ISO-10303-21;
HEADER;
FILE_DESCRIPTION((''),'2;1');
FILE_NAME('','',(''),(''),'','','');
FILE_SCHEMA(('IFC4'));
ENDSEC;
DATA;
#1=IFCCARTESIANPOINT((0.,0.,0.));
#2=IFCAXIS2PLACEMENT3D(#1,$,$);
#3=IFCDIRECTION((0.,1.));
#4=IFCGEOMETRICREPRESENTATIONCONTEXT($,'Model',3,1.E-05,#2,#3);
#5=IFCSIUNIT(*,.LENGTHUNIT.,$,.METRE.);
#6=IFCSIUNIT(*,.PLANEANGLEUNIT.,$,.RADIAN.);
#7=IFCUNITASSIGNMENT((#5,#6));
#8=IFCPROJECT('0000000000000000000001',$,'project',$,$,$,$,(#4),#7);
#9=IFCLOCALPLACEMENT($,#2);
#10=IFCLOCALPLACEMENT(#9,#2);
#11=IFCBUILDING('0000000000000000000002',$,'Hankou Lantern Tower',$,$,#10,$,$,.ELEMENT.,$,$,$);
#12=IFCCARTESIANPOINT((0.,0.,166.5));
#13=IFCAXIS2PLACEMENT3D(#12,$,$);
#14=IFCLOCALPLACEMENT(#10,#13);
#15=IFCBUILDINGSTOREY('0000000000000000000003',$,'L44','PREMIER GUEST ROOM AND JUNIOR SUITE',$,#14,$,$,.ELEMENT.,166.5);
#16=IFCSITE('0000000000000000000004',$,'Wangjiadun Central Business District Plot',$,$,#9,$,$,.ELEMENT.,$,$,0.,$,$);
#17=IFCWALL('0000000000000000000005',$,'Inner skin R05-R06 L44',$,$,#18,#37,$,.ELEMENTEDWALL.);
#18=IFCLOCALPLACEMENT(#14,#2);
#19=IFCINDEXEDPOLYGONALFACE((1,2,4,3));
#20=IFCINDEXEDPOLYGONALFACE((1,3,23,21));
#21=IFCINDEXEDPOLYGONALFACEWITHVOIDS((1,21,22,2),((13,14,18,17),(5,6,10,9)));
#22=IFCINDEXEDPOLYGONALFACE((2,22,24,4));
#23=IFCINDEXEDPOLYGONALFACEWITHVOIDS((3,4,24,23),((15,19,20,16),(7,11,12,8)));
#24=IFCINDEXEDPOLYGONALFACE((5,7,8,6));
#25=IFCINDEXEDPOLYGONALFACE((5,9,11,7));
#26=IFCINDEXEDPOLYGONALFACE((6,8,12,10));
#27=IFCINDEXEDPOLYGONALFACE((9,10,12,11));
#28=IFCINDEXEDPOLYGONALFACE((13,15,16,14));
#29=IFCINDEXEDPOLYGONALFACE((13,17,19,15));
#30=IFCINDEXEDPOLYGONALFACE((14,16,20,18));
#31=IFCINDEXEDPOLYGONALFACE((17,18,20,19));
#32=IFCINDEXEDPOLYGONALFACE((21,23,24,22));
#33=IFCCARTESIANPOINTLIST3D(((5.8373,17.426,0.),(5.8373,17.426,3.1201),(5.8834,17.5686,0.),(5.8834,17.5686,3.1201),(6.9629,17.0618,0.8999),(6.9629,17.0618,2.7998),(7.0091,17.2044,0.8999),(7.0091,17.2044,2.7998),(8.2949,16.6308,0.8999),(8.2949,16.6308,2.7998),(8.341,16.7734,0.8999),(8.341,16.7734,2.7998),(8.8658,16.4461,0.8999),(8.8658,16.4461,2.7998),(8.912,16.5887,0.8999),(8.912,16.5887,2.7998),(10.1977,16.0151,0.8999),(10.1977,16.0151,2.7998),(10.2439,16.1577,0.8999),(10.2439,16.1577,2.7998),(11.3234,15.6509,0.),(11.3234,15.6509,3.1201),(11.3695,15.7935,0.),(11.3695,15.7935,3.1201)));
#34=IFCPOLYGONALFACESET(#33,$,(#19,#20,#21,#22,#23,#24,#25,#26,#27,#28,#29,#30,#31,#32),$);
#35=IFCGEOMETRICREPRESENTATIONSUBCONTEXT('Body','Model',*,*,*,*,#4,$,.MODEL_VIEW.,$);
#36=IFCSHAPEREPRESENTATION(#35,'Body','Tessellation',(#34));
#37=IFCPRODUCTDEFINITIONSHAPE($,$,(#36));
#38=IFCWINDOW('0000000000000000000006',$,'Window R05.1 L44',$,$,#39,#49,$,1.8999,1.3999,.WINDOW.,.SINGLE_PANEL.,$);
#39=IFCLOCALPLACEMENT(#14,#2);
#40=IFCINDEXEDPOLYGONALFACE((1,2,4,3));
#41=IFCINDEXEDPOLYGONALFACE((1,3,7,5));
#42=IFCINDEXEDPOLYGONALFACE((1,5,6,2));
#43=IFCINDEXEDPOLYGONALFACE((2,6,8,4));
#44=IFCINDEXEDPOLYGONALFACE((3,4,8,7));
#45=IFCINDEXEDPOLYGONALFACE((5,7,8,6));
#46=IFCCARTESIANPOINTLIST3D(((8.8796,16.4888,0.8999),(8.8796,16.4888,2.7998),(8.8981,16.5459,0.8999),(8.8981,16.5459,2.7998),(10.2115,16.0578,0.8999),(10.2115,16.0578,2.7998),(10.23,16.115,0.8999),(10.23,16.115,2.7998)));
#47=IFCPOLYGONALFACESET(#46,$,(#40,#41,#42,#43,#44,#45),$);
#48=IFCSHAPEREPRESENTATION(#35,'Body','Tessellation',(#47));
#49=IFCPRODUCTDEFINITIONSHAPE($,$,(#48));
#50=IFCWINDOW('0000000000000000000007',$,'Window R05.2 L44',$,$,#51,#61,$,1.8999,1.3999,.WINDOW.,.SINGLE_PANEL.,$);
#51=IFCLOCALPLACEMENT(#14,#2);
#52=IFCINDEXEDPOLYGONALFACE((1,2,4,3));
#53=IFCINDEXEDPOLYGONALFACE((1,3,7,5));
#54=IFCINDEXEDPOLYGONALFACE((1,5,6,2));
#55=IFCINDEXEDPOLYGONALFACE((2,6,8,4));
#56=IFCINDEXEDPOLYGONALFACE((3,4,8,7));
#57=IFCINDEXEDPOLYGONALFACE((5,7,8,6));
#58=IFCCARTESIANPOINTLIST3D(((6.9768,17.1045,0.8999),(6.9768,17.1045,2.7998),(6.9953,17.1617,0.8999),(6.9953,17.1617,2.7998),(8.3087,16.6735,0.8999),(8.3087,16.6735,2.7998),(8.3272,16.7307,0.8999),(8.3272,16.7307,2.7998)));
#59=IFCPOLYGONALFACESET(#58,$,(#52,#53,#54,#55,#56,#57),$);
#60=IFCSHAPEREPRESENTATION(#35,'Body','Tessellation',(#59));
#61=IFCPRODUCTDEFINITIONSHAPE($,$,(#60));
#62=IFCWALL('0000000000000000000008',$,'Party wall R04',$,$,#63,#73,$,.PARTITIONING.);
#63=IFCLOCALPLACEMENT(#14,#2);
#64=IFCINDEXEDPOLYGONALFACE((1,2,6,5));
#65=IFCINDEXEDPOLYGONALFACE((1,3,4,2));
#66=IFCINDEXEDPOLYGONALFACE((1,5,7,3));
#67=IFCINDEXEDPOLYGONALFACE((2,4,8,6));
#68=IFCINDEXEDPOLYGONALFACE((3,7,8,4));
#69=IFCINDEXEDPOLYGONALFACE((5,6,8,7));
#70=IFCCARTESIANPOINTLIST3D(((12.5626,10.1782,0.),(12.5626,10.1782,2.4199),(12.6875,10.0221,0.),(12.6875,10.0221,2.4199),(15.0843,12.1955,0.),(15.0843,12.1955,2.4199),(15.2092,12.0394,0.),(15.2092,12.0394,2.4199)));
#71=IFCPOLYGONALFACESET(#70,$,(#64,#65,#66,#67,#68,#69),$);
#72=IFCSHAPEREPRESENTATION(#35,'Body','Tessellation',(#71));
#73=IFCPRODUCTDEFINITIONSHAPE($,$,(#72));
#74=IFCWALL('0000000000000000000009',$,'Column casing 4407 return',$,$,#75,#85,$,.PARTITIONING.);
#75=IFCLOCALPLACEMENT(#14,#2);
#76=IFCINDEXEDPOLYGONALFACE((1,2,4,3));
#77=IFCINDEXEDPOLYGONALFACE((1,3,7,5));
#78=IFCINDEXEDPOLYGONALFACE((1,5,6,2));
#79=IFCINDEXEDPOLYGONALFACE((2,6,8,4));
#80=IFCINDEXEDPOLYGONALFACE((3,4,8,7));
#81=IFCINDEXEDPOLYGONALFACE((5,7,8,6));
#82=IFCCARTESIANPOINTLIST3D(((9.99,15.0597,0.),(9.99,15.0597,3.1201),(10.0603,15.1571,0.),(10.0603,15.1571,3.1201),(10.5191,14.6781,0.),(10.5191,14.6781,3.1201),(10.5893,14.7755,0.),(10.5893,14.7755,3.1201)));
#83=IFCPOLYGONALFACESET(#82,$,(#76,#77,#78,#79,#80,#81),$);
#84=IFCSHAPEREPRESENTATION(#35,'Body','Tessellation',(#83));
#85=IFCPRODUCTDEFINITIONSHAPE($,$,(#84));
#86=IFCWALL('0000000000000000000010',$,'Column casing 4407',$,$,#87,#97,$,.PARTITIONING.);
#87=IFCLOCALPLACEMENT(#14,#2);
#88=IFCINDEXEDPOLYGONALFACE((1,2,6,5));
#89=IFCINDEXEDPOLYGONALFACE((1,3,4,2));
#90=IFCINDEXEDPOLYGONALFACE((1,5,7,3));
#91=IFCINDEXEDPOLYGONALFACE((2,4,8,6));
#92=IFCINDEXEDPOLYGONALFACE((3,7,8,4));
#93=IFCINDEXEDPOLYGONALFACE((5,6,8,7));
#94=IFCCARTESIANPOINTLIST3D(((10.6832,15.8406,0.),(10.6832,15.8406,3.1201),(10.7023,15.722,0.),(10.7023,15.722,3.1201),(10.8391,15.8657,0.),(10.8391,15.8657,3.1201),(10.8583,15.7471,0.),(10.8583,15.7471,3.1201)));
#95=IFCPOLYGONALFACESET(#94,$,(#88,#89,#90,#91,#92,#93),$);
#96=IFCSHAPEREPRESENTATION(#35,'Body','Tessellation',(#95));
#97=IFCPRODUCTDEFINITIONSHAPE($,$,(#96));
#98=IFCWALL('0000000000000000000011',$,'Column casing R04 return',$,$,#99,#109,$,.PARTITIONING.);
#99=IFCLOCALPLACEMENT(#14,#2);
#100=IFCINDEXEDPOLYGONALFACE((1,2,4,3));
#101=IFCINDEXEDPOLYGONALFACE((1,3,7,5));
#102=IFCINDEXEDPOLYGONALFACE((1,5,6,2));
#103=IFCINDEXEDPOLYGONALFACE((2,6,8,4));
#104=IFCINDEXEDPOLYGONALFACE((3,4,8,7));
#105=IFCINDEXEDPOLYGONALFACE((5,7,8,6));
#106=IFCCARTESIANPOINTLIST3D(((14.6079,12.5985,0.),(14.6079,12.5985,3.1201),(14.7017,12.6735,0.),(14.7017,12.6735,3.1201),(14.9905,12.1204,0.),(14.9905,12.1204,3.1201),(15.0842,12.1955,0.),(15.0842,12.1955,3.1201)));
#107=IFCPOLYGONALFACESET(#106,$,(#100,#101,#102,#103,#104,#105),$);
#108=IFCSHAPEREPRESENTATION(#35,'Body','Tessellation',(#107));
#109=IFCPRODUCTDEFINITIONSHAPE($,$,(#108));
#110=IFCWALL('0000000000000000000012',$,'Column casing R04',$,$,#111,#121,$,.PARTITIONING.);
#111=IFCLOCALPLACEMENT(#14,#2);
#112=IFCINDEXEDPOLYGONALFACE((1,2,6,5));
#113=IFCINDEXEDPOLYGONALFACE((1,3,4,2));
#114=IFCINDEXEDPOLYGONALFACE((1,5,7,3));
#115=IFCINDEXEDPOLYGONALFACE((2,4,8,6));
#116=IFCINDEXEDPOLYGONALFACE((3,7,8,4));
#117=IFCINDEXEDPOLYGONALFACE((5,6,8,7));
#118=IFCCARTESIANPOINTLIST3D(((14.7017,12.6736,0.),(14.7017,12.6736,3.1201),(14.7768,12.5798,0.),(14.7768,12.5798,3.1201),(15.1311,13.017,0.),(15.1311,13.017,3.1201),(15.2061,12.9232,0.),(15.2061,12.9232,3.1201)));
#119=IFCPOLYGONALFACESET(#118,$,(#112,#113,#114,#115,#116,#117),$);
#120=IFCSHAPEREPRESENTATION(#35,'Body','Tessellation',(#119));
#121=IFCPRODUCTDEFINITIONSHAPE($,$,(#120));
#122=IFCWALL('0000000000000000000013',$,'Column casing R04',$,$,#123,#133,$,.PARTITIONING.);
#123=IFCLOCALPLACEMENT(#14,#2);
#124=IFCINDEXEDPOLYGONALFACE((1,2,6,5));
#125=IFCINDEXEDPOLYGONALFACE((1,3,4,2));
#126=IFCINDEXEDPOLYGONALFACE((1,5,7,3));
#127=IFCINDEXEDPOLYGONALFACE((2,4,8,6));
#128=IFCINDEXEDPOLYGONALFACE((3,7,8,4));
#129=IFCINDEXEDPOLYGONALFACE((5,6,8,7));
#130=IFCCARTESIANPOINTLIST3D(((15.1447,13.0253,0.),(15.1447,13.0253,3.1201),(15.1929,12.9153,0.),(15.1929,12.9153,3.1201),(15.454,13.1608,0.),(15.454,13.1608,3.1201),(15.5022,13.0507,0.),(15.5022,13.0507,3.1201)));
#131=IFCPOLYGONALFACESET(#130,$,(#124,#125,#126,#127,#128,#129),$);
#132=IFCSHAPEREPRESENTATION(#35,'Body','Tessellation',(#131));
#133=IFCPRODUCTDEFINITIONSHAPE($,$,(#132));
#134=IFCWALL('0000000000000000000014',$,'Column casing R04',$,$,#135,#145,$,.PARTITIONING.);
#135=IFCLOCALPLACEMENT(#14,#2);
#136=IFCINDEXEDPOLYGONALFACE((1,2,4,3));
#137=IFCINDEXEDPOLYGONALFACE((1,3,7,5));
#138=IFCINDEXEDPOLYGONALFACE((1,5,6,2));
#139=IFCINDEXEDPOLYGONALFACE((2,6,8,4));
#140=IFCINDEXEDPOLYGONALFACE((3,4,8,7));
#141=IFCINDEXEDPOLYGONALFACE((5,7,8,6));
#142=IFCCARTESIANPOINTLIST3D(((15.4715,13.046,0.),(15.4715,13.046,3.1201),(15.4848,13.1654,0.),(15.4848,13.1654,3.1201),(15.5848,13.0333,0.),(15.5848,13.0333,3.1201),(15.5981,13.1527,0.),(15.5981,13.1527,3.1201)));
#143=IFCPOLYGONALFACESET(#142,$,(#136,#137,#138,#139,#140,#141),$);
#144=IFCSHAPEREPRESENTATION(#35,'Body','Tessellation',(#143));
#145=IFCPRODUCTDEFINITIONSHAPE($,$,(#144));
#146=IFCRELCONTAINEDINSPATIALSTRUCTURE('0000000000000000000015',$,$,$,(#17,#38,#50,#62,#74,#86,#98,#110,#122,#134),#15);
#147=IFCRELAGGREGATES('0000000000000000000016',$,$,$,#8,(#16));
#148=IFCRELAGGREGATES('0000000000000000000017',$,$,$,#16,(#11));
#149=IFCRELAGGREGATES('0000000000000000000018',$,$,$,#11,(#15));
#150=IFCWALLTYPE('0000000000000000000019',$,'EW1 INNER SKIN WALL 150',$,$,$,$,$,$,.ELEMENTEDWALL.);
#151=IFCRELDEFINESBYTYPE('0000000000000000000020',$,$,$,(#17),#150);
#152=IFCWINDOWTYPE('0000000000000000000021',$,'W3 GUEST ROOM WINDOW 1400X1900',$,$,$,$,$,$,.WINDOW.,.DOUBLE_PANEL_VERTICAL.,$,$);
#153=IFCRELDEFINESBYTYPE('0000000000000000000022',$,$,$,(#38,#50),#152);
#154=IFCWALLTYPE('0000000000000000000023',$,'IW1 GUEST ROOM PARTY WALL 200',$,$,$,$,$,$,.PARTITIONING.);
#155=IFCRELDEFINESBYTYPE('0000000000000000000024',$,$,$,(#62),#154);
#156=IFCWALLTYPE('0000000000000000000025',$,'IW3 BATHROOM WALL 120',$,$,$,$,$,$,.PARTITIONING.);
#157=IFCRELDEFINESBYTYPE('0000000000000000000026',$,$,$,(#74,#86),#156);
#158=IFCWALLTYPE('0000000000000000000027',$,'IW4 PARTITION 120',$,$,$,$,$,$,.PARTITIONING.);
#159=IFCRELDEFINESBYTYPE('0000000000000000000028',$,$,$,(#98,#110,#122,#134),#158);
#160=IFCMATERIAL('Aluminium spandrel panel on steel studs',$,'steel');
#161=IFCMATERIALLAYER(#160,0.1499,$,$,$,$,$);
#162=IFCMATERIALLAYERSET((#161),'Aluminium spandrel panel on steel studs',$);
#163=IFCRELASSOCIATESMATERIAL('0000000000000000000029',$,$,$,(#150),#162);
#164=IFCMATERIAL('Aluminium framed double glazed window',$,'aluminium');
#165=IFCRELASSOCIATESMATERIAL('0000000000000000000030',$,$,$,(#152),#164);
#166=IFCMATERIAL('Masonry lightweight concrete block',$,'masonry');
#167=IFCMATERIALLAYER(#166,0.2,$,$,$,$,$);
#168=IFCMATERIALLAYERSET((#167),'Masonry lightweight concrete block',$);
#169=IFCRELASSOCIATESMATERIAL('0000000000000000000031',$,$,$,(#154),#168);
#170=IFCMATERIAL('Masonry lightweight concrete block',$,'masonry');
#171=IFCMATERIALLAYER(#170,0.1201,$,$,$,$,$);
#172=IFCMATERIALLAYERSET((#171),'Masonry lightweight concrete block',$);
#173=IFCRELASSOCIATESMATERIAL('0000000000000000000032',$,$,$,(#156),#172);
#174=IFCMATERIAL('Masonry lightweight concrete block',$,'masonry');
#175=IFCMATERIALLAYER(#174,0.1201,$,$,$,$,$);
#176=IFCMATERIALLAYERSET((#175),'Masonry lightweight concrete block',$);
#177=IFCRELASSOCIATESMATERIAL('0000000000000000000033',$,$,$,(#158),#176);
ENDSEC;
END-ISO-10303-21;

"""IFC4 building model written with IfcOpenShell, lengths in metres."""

from ifc_helpers import new_model, si_unit, direction, frame, frame_2d, origin, place, context, subcontext, project, spatial, rectangle, extrude, material, layer, layer_set, type_object, element, fill, save


model = new_model("IFC4")

# Units and contexts
model_context = context("Model", 3, precision=1e-05, world=origin(), true_north=direction((0.0, 1.0)))
body_context = subcontext(model_context, "Body", "Model", "MODEL_VIEW")
ifc_project = project(units=[si_unit("LENGTHUNIT", "METRE"), si_unit("PLANEANGLEUNIT", "RADIAN")], contexts=[model_context])

# Site, building, storey
site_placement = place(None, origin())
site = spatial("IfcSite", under=ifc_project, at=site_placement, Name="Wangjiadun Central Business District Plot", CompositionType="ELEMENT", RefElevation=0.0)
building_placement = place(site_placement, origin())
building = spatial("IfcBuilding", under=site, at=building_placement, Name="Hankou Lantern Tower", CompositionType="ELEMENT")
storey_placement = place(building_placement, frame((0.0, 0.0, 166.5)))
storey = spatial("IfcBuildingStorey", under=building, at=storey_placement, Name="L44", Description="PREMIER GUEST ROOM AND JUNIOR SUITE", CompositionType="ELEMENT", Elevation=166.5)

# Wall, openings, windows
ifc_material_1 = material(Name="Aluminium spandrel panel on steel studs", Category="steel")
ifc_layer_1 = layer(ifc_material_1, 0.1499)
ifc_layer_set_1 = layer_set([ifc_layer_1], Name="Aluminium spandrel panel on steel studs")
wall_type_1 = type_object("IfcWallType", Name="EW1 INNER SKIN WALL 150", PredefinedType="ELEMENTEDWALL", material=ifc_layer_set_1)
ifc_material_2 = material(Name="Aluminium framed double glazed window", Category="aluminium")
window_type = type_object("IfcWindowType", Name="W3 GUEST ROOM WINDOW 1400X1900", PartitioningType="DOUBLE_PANEL_VERTICAL", PredefinedType="WINDOW", material=ifc_material_2)
wall_1_placement = place(storey_placement, frame((11.3464, 15.7222, 0.0), z_axis=(0.0, 0.0, 1.0), x_axis=(-0.951432, 0.307857, 0.0)))
wall_1 = element("IfcWall", 1, at=wall_1_placement, inside=storey, type_object=wall_type_1, Name="Inner skin R05-R06 L44", PredefinedType="ELEMENTEDWALL", context=body_context, shape_type="SweptSolid", body=[
    extrude(rectangle(XDim=5.7661, YDim=0.1499, at=frame_2d((2.8831, 0.0))), origin(), (0.0, 0.0, 1.0), 3.1201),
])
opening_1_placement = place(wall_1_placement, frame((1.1831, 0.0, 0.8999)))
opening_1 = element("IfcOpeningElement", 2, at=opening_1_placement, cuts=wall_1, PredefinedType="OPENING", context=body_context, shape_type="SweptSolid", body=[
    extrude(rectangle(XDim=1.3999, YDim=1.8999, at=frame_2d((0.7, 0.95))), frame((0.0, 0.085, 0.0), z_axis=(0.0, -1.0, 0.0), x_axis=(1.0, 0.0, 0.0)), (0.0, 0.0, 1.0), 0.1699),
])
opening_2_placement = place(wall_1_placement, frame((3.1831, 0.0, 0.8999)))
opening_2 = element("IfcOpeningElement", 3, at=opening_2_placement, cuts=wall_1, PredefinedType="OPENING", context=body_context, shape_type="SweptSolid", body=[
    extrude(rectangle(XDim=1.3999, YDim=1.8999, at=frame_2d((0.7, 0.95))), frame((0.0, 0.085, 0.0), z_axis=(0.0, -1.0, 0.0), x_axis=(1.0, 0.0, 0.0)), (0.0, 0.0, 1.0), 0.1699),
])
window_1_placement = place(opening_1_placement, origin())
window_1 = element("IfcWindow", 4, at=window_1_placement, inside=storey, type_object=window_type, Name="Window R05.1 L44", OverallHeight=1.8999, OverallWidth=1.3999, PartitioningType="SINGLE_PANEL", PredefinedType="WINDOW", context=body_context, shape_type="SweptSolid", body=[
    extrude(rectangle(XDim=1.3999, YDim=1.8999, at=frame_2d((0.7, 0.95))), frame((0.0, 0.03, 0.0), z_axis=(0.0, -1.0, 0.0), x_axis=(1.0, 0.0, 0.0)), (0.0, 0.0, 1.0), 0.0601),
])
fill(opening_1, window_1)
window_2_placement = place(opening_2_placement, origin())
window_2 = element("IfcWindow", 5, at=window_2_placement, inside=storey, type_object=window_type, Name="Window R05.2 L44", OverallHeight=1.8999, OverallWidth=1.3999, PartitioningType="SINGLE_PANEL", PredefinedType="WINDOW", context=body_context, shape_type="SweptSolid", body=[
    extrude(rectangle(XDim=1.3999, YDim=1.8999, at=frame_2d((0.7, 0.95))), frame((0.0, 0.03, 0.0), z_axis=(0.0, -1.0, 0.0), x_axis=(1.0, 0.0, 0.0)), (0.0, 0.0, 1.0), 0.0601),
])
fill(opening_2, window_2)

# Walls
ifc_material_3 = material(Name="Masonry lightweight concrete block", Category="masonry")
ifc_layer_2 = layer(ifc_material_3, 0.2)
ifc_layer_set_2 = layer_set([ifc_layer_2], Name="Masonry lightweight concrete block")
wall_type_2 = type_object("IfcWallType", Name="IW1 GUEST ROOM PARTY WALL 200", PredefinedType="PARTITIONING", material=ifc_layer_set_2)
wall_2_placement = place(storey_placement, frame((12.625, 10.1001, 0.0), z_axis=(0.0, 0.0, 1.0), x_axis=(0.780876, 0.624686, 0.0)))
element("IfcWall", 6, at=wall_2_placement, inside=storey, type_object=wall_type_2, Name="Party wall R04", PredefinedType="PARTITIONING", context=body_context, shape_type="SweptSolid", body=[
    extrude(rectangle(XDim=3.2292, YDim=0.2, at=frame_2d((1.6147, 0.0))), origin(), (0.0, 0.0, 1.0), 2.4199),
])
ifc_material_4 = material(Name="Masonry lightweight concrete block", Category="masonry")
ifc_layer_3 = layer(ifc_material_4, 0.1201)
ifc_layer_set_3 = layer_set([ifc_layer_3], Name="Masonry lightweight concrete block")
wall_type_3 = type_object("IfcWallType", Name="IW3 BATHROOM WALL 120", PredefinedType="PARTITIONING", material=ifc_layer_set_3)
wall_3_placement = place(storey_placement, frame((10.5542, 14.7268, 0.0), z_axis=(0.0, 0.0, 1.0), x_axis=(-0.811044, 0.584985, 0.0)))
element("IfcWall", 7, at=wall_3_placement, inside=storey, type_object=wall_type_3, Name="Column casing 4407 return", PredefinedType="PARTITIONING", context=body_context, shape_type="SweptSolid", body=[
    extrude(rectangle(XDim=0.6523, YDim=0.1201, at=frame_2d((0.3262, 0.0))), origin(), (0.0, 0.0, 1.0), 3.1201),
])
wall_4_placement = place(storey_placement, frame((10.6926, 15.7812, 0.0), z_axis=(0.0, 0.0, 1.0), x_axis=(0.987257, 0.159135, 0.0)))
element("IfcWall", 8, at=wall_4_placement, inside=storey, type_object=wall_type_3, Name="Column casing 4407", PredefinedType="PARTITIONING", context=body_context, shape_type="SweptSolid", body=[
    extrude(rectangle(XDim=0.158, YDim=0.1201, at=frame_2d((0.0791, 0.0))), origin(), (0.0, 0.0, 1.0), 3.1201),
])
ifc_material_5 = material(Name="Masonry lightweight concrete block", Category="masonry")
ifc_layer_4 = layer(ifc_material_5, 0.1201)
ifc_layer_set_4 = layer_set([ifc_layer_4], Name="Masonry lightweight concrete block")
wall_type_4 = type_object("IfcWallType", Name="IW4 PARTITION 120", PredefinedType="PARTITIONING", material=ifc_layer_set_4)
wall_5_placement = place(storey_placement, frame((15.0374, 12.158, 0.0), z_axis=(0.0, 0.0, 1.0), x_axis=(-0.624841, 0.780752, 0.0)))
element("IfcWall", 9, at=wall_5_placement, inside=storey, type_object=wall_type_4, Name="Column casing R04 return", PredefinedType="PARTITIONING", context=body_context, shape_type="SweptSolid", body=[
    extrude(rectangle(XDim=0.6123, YDim=0.1201, at=frame_2d((0.3062, 0.0))), origin(), (0.0, 0.0, 1.0), 3.1201),
])
wall_6_placement = place(storey_placement, frame((14.7393, 12.6267, 0.0), z_axis=(0.0, 0.0, 1.0), x_axis=(0.780912, 0.624641, 0.0)))
element("IfcWall", 10, at=wall_6_placement, inside=storey, type_object=wall_type_4, Name="Column casing R04", PredefinedType="PARTITIONING", context=body_context, shape_type="SweptSolid", body=[
    extrude(rectangle(XDim=0.5498, YDim=0.1201, at=frame_2d((0.2749, 0.0))), origin(), (0.0, 0.0, 1.0), 3.1201),
])
wall_7_placement = place(storey_placement, frame((15.1687, 12.9702, 0.0), z_axis=(0.0, 0.0, 1.0), x_axis=(0.915975, 0.401236, 0.0)))
element("IfcWall", 11, at=wall_7_placement, inside=storey, type_object=wall_type_4, Name="Column casing R04", PredefinedType="PARTITIONING", context=body_context, shape_type="SweptSolid", body=[
    extrude(rectangle(XDim=0.3376, YDim=0.1201, at=frame_2d((0.1689, 0.0))), origin(), (0.0, 0.0, 1.0), 3.1201),
])
wall_8_placement = place(storey_placement, frame((15.478, 13.1057, 0.0), z_axis=(0.0, 0.0, 1.0), x_axis=(0.993779, -0.111372, 0.0)))
element("IfcWall", 12, at=wall_8_placement, inside=storey, type_object=wall_type_4, Name="Column casing R04", PredefinedType="PARTITIONING", context=body_context, shape_type="SweptSolid", body=[
    extrude(rectangle(XDim=0.114, YDim=0.1201, at=frame_2d((0.0571, 0.0))), origin(), (0.0, 0.0, 1.0), 3.1201),
])

save(model, "model.ifc")
